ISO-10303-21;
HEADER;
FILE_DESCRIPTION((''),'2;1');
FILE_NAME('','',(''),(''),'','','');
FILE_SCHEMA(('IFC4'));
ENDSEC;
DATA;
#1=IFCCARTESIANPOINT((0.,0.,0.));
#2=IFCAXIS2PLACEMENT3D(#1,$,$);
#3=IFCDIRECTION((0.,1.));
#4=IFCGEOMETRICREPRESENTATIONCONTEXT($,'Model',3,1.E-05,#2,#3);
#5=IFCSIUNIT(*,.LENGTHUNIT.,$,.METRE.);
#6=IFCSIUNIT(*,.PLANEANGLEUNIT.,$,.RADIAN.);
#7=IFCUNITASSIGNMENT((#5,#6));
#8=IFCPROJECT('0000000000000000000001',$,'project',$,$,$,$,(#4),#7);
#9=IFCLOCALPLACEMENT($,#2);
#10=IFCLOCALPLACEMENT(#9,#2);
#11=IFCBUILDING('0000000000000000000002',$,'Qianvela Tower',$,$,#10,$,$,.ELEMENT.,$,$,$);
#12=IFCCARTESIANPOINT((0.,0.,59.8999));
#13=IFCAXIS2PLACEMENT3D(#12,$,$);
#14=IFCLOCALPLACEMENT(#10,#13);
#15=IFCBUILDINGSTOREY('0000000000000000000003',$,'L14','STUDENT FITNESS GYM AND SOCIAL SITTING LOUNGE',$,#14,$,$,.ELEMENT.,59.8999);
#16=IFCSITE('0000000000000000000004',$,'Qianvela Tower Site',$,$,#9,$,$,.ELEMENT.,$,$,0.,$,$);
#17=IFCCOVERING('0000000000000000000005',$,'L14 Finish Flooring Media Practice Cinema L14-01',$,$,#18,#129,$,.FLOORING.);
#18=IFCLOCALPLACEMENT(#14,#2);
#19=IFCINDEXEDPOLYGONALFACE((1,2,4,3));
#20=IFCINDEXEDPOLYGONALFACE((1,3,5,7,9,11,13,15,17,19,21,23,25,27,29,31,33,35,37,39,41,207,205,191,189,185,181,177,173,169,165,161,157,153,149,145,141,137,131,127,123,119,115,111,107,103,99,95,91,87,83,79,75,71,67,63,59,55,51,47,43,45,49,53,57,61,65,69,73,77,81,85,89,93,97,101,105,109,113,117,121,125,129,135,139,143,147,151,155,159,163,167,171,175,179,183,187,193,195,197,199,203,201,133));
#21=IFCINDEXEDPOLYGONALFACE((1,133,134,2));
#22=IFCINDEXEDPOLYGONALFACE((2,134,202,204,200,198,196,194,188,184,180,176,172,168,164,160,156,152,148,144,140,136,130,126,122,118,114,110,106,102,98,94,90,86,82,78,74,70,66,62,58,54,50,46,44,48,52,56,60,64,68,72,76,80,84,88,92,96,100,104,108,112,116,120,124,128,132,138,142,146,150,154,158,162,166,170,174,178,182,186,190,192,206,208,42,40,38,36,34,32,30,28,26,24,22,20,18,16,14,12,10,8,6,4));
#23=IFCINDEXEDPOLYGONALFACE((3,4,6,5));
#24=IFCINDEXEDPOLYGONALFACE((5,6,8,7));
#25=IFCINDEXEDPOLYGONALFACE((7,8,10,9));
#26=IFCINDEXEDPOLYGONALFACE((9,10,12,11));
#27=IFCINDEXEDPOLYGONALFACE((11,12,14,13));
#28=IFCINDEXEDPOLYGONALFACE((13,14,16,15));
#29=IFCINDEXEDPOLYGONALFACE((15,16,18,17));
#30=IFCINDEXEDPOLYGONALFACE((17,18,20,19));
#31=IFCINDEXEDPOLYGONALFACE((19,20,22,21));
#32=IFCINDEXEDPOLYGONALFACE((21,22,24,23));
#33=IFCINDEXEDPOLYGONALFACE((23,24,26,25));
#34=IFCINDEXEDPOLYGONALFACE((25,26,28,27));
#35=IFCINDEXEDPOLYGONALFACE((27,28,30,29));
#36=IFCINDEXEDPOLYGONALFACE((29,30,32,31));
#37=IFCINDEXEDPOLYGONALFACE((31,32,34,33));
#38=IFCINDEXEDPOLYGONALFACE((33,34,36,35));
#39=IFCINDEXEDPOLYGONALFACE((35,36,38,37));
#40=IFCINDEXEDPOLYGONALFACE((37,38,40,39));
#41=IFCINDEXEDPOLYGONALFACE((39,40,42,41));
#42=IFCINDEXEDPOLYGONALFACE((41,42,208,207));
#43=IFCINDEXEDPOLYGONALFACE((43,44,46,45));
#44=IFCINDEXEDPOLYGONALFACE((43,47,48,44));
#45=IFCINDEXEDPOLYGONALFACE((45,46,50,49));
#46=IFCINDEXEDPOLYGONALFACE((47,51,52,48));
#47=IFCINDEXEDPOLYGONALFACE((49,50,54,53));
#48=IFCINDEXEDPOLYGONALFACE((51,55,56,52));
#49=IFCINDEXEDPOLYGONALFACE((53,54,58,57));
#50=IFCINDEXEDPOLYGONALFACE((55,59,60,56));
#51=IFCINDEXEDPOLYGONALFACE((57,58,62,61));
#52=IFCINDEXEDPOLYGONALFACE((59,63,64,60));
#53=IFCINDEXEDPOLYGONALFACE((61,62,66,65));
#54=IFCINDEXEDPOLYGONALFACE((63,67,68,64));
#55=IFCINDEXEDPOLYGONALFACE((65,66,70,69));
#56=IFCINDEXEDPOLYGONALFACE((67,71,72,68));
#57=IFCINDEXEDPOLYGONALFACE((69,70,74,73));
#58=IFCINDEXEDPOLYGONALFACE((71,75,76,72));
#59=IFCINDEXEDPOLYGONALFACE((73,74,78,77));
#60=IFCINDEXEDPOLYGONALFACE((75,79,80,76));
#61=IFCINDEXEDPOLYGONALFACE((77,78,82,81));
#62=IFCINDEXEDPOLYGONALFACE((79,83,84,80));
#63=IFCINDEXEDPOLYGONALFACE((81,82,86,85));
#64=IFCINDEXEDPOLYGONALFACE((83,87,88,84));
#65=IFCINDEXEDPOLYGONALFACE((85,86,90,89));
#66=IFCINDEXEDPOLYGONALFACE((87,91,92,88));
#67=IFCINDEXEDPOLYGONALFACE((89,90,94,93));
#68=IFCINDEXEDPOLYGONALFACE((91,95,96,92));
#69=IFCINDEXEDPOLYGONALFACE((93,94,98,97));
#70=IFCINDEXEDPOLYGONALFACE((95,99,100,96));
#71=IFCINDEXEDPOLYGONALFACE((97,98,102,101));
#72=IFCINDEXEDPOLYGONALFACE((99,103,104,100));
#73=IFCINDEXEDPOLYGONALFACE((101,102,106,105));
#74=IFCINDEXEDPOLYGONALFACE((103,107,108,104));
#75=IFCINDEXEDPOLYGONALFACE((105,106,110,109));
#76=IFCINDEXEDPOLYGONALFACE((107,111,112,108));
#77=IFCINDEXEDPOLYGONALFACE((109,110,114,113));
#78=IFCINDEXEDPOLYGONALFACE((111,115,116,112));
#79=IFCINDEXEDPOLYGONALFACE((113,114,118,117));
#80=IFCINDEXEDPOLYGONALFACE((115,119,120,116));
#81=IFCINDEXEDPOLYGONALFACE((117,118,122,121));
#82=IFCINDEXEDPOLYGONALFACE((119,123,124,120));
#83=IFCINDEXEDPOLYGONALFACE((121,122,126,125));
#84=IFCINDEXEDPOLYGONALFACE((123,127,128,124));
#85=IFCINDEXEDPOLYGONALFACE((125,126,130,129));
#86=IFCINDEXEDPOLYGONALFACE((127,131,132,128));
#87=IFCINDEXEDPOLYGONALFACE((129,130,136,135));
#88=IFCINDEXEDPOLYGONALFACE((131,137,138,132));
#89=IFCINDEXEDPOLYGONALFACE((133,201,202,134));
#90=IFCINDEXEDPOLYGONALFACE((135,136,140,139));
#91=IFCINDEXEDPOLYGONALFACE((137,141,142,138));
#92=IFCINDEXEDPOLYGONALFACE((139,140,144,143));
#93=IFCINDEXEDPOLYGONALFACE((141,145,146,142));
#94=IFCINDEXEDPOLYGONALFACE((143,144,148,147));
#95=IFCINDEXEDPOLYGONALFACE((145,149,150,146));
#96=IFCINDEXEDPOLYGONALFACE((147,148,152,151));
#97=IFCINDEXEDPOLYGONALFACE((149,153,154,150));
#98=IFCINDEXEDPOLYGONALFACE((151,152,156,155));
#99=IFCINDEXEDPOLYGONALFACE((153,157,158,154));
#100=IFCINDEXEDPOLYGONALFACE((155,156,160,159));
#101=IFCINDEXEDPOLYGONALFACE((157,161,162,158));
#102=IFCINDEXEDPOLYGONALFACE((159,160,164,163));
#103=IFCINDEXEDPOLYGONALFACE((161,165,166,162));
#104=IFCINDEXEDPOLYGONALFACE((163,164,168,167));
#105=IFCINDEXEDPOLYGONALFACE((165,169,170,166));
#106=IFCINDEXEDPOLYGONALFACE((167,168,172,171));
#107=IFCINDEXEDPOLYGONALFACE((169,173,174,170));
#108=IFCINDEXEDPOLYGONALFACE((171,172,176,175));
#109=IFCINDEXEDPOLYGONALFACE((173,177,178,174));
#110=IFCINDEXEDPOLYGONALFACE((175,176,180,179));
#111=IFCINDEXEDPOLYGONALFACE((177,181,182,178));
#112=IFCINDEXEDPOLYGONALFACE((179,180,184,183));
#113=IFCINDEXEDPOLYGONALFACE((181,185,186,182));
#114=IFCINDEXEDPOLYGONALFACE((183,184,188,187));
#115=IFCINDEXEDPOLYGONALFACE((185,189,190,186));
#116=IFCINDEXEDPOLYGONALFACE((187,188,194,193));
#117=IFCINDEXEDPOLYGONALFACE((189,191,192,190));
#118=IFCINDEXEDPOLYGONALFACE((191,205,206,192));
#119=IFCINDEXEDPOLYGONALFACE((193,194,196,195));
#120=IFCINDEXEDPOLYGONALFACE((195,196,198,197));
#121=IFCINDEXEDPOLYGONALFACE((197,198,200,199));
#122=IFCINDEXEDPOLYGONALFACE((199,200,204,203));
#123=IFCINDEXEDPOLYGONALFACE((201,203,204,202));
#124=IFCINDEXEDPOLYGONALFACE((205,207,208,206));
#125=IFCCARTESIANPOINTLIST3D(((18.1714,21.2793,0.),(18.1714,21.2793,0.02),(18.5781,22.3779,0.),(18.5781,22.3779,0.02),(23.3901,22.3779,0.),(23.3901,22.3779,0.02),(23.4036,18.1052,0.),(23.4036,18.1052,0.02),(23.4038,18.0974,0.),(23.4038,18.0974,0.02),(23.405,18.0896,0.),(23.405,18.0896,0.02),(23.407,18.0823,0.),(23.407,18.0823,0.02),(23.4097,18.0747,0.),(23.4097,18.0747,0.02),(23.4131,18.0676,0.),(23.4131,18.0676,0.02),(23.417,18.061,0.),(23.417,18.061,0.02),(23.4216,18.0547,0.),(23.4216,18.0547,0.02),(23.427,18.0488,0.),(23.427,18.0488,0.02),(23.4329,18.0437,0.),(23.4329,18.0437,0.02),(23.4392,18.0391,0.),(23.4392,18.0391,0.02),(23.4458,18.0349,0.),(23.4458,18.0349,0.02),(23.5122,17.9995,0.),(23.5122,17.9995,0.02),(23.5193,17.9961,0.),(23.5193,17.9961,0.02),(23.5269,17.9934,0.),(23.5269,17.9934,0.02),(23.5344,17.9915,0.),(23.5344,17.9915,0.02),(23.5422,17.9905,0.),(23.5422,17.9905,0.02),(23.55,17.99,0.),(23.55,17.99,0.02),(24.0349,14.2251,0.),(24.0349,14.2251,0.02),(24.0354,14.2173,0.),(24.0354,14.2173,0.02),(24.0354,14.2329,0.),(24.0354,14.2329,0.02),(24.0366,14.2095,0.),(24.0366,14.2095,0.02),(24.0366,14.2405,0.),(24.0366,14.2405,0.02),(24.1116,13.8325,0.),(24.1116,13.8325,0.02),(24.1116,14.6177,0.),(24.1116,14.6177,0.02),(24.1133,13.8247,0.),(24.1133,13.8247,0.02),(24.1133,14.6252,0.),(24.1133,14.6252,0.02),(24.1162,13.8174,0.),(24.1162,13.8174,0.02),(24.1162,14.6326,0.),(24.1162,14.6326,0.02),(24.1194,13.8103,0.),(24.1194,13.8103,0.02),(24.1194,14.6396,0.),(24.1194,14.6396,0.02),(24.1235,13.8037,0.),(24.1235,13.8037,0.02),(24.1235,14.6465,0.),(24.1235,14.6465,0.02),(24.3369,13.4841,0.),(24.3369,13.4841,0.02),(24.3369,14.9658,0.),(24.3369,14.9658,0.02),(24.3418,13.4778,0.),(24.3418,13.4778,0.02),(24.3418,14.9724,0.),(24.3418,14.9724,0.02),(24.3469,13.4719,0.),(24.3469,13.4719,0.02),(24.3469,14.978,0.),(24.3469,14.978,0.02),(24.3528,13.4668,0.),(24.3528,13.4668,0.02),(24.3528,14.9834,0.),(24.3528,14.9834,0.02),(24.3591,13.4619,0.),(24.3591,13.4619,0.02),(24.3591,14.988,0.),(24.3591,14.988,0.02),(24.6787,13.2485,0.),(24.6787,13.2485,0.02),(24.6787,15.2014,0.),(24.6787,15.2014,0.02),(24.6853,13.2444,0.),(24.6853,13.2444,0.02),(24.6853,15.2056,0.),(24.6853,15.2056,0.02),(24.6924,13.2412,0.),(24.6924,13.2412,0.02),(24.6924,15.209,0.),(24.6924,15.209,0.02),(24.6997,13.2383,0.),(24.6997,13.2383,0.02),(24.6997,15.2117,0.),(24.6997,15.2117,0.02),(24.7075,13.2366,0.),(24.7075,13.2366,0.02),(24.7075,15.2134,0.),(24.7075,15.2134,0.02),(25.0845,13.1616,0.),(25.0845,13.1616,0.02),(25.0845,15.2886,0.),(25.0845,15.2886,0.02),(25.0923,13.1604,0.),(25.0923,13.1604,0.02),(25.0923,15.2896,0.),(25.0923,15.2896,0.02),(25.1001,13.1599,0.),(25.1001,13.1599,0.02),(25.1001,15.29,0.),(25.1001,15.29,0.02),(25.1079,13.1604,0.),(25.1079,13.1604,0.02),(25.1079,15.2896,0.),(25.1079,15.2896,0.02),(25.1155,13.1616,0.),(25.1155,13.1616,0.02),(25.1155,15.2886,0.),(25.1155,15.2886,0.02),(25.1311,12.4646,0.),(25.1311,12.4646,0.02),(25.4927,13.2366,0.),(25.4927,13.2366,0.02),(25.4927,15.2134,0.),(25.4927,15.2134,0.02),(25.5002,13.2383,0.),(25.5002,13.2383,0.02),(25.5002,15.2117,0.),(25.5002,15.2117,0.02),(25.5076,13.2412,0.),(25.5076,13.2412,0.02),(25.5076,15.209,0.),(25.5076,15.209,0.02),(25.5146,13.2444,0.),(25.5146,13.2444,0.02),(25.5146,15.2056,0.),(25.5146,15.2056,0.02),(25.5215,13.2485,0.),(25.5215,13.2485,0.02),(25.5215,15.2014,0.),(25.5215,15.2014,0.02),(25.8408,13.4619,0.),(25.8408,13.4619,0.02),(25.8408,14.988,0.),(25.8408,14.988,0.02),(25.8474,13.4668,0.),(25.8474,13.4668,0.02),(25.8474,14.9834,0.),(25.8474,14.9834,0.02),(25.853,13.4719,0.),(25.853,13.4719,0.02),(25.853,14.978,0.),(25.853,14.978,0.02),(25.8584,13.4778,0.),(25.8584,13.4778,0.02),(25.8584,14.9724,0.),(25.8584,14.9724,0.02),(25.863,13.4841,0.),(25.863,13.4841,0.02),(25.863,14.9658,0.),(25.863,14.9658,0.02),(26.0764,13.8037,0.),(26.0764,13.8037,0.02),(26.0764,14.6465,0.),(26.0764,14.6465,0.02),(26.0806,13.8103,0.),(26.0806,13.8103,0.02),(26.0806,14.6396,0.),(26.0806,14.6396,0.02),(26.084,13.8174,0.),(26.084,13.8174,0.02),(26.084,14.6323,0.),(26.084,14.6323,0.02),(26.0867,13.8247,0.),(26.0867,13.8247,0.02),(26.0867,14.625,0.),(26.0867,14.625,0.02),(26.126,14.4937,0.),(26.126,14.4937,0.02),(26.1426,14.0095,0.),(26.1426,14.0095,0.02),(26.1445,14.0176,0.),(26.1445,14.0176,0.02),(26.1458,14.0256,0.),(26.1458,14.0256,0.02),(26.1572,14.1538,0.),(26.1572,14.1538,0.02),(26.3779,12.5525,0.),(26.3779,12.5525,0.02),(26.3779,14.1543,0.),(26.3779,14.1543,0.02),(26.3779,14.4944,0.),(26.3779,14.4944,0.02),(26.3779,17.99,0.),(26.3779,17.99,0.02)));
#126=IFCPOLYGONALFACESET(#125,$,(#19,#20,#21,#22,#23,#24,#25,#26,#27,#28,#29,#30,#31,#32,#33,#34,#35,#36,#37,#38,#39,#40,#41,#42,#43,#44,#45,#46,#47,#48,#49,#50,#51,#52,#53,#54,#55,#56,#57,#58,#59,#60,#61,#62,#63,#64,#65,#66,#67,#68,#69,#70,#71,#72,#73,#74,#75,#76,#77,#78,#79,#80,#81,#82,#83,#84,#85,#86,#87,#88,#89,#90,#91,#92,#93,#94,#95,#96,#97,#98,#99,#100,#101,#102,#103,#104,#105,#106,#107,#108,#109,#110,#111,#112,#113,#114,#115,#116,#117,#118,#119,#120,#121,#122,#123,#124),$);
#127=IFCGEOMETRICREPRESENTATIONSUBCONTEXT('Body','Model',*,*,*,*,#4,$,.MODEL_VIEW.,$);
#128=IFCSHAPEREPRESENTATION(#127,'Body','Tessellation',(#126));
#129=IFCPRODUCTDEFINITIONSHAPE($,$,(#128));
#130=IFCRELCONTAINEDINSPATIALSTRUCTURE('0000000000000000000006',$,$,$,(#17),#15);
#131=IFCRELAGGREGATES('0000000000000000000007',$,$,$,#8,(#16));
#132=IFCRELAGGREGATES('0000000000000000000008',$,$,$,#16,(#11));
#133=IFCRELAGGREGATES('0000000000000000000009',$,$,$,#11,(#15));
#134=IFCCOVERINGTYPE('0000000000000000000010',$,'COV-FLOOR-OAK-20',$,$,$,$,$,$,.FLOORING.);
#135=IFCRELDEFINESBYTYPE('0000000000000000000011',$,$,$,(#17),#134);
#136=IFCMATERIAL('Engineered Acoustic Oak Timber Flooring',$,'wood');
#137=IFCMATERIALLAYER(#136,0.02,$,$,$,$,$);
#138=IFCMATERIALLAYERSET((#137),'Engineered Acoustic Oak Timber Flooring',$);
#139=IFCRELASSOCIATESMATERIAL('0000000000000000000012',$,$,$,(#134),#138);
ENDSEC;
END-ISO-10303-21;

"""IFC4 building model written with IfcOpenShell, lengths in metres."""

from ifc_helpers import new_model, si_unit, direction, frame, origin, place, context, subcontext, project, spatial, polyline, outline, extrude, material, layer, layer_set, type_object, element, save


model = new_model("IFC4")

# Units and contexts
model_context = context("Model", 3, precision=1e-05, world=origin(), true_north=direction((0.0, 1.0)))
body_context = subcontext(model_context, "Body", "Model", "MODEL_VIEW")
ifc_project = project(units=[si_unit("LENGTHUNIT", "METRE"), si_unit("PLANEANGLEUNIT", "RADIAN")], contexts=[model_context])

# Site, building, storey
site_placement = place(None, origin())
site = spatial("IfcSite", under=ifc_project, at=site_placement, Name="Qianvela Tower Site", CompositionType="ELEMENT", RefElevation=0.0)
building_placement = place(site_placement, origin())
building = spatial("IfcBuilding", under=site, at=building_placement, Name="Qianvela Tower", CompositionType="ELEMENT")
storey_placement = place(building_placement, frame((0.0, 0.0, 59.8999)))
storey = spatial("IfcBuildingStorey", under=building, at=storey_placement, Name="L14", Description="STUDENT FITNESS GYM AND SOCIAL SITTING LOUNGE", CompositionType="ELEMENT", Elevation=59.8999)

# Covering
ifc_material_1 = material(Name="Engineered Acoustic Oak Timber Flooring", Category="wood")
ifc_layer_1 = layer(ifc_material_1, 0.02)
ifc_layer_set_1 = layer_set([ifc_layer_1], Name="Engineered Acoustic Oak Timber Flooring")
covering_type_1 = type_object("IfcCoveringType", Name="COV-FLOOR-OAK-20", PredefinedType="FLOORING", material=ifc_layer_set_1)
covering_1_placement = place(storey_placement, origin())
element("IfcCovering", 1, at=covering_1_placement, inside=storey, type_object=covering_type_1, Name="L14 Finish Flooring Media Practice Cinema L14-01", PredefinedType="FLOORING", context=body_context, shape_type="SweptSolid", body=[
    extrude(outline(polyline([(23.4036, 18.1052), (23.4038, 18.0974), (23.405, 18.0896), (23.407, 18.0823), (23.4097, 18.0747), (23.4131, 18.0676), (23.417, 18.061), (23.4216, 18.0547), (23.427, 18.0488), (23.4329, 18.0437), (23.4392, 18.0391), (23.4458, 18.0349), (23.5122, 17.9995), (23.5193, 17.9961), (23.5269, 17.9934), (23.5344, 17.9915), (23.5422, 17.9905), (23.55, 17.99), (26.3779, 17.99), (26.3779, 14.4944), (26.126, 14.4937), (26.0867, 14.625), (26.084, 14.6323), (26.0806, 14.6396), (26.0764, 14.6465), (25.863, 14.9658), (25.8584, 14.9724), (25.853, 14.978), (25.8474, 14.9834), (25.8408, 14.988), (25.5215, 15.2014), (25.5146, 15.2056), (25.5076, 15.209), (25.5002, 15.2117), (25.4927, 15.2134), (25.1155, 15.2886), (25.1079, 15.2896), (25.1001, 15.29), (25.0923, 15.2896), (25.0845, 15.2886), (24.7075, 15.2134), (24.6997, 15.2117), (24.6924, 15.209), (24.6853, 15.2056), (24.6787, 15.2014), (24.3591, 14.988), (24.3528, 14.9834), (24.3469, 14.978), (24.3418, 14.9724), (24.3369, 14.9658), (24.1235, 14.6465), (24.1194, 14.6396), (24.1162, 14.6326), (24.1133, 14.6252), (24.1116, 14.6177), (24.0366, 14.2405), (24.0354, 14.2329), (24.0349, 14.2251), (24.0354, 14.2173), (24.0366, 14.2095), (24.1116, 13.8325), (24.1133, 13.8247), (24.1162, 13.8174), (24.1194, 13.8103), (24.1235, 13.8037), (24.3369, 13.4841), (24.3418, 13.4778), (24.3469, 13.4719), (24.3528, 13.4668), (24.3591, 13.4619), (24.6787, 13.2485), (24.6853, 13.2444), (24.6924, 13.2412), (24.6997, 13.2383), (24.7075, 13.2366), (25.0845, 13.1616), (25.0923, 13.1604), (25.1001, 13.1599), (25.1079, 13.1604), (25.1155, 13.1616), (25.4927, 13.2366), (25.5002, 13.2383), (25.5076, 13.2412), (25.5146, 13.2444), (25.5215, 13.2485), (25.8408, 13.4619), (25.8474, 13.4668), (25.853, 13.4719), (25.8584, 13.4778), (25.863, 13.4841), (26.0764, 13.8037), (26.0806, 13.8103), (26.084, 13.8174), (26.0867, 13.8247), (26.1426, 14.0095), (26.1445, 14.0176), (26.1458, 14.0256), (26.1572, 14.1538), (26.3779, 14.1543), (26.3779, 12.5525), (25.1311, 12.4646), (18.1714, 21.2793), (18.5781, 22.3779), (23.3901, 22.3779), (23.4036, 18.1052)])), origin(), (0.0, 0.0, 1.0), 0.02),
])

save(model, "model.ifc")
